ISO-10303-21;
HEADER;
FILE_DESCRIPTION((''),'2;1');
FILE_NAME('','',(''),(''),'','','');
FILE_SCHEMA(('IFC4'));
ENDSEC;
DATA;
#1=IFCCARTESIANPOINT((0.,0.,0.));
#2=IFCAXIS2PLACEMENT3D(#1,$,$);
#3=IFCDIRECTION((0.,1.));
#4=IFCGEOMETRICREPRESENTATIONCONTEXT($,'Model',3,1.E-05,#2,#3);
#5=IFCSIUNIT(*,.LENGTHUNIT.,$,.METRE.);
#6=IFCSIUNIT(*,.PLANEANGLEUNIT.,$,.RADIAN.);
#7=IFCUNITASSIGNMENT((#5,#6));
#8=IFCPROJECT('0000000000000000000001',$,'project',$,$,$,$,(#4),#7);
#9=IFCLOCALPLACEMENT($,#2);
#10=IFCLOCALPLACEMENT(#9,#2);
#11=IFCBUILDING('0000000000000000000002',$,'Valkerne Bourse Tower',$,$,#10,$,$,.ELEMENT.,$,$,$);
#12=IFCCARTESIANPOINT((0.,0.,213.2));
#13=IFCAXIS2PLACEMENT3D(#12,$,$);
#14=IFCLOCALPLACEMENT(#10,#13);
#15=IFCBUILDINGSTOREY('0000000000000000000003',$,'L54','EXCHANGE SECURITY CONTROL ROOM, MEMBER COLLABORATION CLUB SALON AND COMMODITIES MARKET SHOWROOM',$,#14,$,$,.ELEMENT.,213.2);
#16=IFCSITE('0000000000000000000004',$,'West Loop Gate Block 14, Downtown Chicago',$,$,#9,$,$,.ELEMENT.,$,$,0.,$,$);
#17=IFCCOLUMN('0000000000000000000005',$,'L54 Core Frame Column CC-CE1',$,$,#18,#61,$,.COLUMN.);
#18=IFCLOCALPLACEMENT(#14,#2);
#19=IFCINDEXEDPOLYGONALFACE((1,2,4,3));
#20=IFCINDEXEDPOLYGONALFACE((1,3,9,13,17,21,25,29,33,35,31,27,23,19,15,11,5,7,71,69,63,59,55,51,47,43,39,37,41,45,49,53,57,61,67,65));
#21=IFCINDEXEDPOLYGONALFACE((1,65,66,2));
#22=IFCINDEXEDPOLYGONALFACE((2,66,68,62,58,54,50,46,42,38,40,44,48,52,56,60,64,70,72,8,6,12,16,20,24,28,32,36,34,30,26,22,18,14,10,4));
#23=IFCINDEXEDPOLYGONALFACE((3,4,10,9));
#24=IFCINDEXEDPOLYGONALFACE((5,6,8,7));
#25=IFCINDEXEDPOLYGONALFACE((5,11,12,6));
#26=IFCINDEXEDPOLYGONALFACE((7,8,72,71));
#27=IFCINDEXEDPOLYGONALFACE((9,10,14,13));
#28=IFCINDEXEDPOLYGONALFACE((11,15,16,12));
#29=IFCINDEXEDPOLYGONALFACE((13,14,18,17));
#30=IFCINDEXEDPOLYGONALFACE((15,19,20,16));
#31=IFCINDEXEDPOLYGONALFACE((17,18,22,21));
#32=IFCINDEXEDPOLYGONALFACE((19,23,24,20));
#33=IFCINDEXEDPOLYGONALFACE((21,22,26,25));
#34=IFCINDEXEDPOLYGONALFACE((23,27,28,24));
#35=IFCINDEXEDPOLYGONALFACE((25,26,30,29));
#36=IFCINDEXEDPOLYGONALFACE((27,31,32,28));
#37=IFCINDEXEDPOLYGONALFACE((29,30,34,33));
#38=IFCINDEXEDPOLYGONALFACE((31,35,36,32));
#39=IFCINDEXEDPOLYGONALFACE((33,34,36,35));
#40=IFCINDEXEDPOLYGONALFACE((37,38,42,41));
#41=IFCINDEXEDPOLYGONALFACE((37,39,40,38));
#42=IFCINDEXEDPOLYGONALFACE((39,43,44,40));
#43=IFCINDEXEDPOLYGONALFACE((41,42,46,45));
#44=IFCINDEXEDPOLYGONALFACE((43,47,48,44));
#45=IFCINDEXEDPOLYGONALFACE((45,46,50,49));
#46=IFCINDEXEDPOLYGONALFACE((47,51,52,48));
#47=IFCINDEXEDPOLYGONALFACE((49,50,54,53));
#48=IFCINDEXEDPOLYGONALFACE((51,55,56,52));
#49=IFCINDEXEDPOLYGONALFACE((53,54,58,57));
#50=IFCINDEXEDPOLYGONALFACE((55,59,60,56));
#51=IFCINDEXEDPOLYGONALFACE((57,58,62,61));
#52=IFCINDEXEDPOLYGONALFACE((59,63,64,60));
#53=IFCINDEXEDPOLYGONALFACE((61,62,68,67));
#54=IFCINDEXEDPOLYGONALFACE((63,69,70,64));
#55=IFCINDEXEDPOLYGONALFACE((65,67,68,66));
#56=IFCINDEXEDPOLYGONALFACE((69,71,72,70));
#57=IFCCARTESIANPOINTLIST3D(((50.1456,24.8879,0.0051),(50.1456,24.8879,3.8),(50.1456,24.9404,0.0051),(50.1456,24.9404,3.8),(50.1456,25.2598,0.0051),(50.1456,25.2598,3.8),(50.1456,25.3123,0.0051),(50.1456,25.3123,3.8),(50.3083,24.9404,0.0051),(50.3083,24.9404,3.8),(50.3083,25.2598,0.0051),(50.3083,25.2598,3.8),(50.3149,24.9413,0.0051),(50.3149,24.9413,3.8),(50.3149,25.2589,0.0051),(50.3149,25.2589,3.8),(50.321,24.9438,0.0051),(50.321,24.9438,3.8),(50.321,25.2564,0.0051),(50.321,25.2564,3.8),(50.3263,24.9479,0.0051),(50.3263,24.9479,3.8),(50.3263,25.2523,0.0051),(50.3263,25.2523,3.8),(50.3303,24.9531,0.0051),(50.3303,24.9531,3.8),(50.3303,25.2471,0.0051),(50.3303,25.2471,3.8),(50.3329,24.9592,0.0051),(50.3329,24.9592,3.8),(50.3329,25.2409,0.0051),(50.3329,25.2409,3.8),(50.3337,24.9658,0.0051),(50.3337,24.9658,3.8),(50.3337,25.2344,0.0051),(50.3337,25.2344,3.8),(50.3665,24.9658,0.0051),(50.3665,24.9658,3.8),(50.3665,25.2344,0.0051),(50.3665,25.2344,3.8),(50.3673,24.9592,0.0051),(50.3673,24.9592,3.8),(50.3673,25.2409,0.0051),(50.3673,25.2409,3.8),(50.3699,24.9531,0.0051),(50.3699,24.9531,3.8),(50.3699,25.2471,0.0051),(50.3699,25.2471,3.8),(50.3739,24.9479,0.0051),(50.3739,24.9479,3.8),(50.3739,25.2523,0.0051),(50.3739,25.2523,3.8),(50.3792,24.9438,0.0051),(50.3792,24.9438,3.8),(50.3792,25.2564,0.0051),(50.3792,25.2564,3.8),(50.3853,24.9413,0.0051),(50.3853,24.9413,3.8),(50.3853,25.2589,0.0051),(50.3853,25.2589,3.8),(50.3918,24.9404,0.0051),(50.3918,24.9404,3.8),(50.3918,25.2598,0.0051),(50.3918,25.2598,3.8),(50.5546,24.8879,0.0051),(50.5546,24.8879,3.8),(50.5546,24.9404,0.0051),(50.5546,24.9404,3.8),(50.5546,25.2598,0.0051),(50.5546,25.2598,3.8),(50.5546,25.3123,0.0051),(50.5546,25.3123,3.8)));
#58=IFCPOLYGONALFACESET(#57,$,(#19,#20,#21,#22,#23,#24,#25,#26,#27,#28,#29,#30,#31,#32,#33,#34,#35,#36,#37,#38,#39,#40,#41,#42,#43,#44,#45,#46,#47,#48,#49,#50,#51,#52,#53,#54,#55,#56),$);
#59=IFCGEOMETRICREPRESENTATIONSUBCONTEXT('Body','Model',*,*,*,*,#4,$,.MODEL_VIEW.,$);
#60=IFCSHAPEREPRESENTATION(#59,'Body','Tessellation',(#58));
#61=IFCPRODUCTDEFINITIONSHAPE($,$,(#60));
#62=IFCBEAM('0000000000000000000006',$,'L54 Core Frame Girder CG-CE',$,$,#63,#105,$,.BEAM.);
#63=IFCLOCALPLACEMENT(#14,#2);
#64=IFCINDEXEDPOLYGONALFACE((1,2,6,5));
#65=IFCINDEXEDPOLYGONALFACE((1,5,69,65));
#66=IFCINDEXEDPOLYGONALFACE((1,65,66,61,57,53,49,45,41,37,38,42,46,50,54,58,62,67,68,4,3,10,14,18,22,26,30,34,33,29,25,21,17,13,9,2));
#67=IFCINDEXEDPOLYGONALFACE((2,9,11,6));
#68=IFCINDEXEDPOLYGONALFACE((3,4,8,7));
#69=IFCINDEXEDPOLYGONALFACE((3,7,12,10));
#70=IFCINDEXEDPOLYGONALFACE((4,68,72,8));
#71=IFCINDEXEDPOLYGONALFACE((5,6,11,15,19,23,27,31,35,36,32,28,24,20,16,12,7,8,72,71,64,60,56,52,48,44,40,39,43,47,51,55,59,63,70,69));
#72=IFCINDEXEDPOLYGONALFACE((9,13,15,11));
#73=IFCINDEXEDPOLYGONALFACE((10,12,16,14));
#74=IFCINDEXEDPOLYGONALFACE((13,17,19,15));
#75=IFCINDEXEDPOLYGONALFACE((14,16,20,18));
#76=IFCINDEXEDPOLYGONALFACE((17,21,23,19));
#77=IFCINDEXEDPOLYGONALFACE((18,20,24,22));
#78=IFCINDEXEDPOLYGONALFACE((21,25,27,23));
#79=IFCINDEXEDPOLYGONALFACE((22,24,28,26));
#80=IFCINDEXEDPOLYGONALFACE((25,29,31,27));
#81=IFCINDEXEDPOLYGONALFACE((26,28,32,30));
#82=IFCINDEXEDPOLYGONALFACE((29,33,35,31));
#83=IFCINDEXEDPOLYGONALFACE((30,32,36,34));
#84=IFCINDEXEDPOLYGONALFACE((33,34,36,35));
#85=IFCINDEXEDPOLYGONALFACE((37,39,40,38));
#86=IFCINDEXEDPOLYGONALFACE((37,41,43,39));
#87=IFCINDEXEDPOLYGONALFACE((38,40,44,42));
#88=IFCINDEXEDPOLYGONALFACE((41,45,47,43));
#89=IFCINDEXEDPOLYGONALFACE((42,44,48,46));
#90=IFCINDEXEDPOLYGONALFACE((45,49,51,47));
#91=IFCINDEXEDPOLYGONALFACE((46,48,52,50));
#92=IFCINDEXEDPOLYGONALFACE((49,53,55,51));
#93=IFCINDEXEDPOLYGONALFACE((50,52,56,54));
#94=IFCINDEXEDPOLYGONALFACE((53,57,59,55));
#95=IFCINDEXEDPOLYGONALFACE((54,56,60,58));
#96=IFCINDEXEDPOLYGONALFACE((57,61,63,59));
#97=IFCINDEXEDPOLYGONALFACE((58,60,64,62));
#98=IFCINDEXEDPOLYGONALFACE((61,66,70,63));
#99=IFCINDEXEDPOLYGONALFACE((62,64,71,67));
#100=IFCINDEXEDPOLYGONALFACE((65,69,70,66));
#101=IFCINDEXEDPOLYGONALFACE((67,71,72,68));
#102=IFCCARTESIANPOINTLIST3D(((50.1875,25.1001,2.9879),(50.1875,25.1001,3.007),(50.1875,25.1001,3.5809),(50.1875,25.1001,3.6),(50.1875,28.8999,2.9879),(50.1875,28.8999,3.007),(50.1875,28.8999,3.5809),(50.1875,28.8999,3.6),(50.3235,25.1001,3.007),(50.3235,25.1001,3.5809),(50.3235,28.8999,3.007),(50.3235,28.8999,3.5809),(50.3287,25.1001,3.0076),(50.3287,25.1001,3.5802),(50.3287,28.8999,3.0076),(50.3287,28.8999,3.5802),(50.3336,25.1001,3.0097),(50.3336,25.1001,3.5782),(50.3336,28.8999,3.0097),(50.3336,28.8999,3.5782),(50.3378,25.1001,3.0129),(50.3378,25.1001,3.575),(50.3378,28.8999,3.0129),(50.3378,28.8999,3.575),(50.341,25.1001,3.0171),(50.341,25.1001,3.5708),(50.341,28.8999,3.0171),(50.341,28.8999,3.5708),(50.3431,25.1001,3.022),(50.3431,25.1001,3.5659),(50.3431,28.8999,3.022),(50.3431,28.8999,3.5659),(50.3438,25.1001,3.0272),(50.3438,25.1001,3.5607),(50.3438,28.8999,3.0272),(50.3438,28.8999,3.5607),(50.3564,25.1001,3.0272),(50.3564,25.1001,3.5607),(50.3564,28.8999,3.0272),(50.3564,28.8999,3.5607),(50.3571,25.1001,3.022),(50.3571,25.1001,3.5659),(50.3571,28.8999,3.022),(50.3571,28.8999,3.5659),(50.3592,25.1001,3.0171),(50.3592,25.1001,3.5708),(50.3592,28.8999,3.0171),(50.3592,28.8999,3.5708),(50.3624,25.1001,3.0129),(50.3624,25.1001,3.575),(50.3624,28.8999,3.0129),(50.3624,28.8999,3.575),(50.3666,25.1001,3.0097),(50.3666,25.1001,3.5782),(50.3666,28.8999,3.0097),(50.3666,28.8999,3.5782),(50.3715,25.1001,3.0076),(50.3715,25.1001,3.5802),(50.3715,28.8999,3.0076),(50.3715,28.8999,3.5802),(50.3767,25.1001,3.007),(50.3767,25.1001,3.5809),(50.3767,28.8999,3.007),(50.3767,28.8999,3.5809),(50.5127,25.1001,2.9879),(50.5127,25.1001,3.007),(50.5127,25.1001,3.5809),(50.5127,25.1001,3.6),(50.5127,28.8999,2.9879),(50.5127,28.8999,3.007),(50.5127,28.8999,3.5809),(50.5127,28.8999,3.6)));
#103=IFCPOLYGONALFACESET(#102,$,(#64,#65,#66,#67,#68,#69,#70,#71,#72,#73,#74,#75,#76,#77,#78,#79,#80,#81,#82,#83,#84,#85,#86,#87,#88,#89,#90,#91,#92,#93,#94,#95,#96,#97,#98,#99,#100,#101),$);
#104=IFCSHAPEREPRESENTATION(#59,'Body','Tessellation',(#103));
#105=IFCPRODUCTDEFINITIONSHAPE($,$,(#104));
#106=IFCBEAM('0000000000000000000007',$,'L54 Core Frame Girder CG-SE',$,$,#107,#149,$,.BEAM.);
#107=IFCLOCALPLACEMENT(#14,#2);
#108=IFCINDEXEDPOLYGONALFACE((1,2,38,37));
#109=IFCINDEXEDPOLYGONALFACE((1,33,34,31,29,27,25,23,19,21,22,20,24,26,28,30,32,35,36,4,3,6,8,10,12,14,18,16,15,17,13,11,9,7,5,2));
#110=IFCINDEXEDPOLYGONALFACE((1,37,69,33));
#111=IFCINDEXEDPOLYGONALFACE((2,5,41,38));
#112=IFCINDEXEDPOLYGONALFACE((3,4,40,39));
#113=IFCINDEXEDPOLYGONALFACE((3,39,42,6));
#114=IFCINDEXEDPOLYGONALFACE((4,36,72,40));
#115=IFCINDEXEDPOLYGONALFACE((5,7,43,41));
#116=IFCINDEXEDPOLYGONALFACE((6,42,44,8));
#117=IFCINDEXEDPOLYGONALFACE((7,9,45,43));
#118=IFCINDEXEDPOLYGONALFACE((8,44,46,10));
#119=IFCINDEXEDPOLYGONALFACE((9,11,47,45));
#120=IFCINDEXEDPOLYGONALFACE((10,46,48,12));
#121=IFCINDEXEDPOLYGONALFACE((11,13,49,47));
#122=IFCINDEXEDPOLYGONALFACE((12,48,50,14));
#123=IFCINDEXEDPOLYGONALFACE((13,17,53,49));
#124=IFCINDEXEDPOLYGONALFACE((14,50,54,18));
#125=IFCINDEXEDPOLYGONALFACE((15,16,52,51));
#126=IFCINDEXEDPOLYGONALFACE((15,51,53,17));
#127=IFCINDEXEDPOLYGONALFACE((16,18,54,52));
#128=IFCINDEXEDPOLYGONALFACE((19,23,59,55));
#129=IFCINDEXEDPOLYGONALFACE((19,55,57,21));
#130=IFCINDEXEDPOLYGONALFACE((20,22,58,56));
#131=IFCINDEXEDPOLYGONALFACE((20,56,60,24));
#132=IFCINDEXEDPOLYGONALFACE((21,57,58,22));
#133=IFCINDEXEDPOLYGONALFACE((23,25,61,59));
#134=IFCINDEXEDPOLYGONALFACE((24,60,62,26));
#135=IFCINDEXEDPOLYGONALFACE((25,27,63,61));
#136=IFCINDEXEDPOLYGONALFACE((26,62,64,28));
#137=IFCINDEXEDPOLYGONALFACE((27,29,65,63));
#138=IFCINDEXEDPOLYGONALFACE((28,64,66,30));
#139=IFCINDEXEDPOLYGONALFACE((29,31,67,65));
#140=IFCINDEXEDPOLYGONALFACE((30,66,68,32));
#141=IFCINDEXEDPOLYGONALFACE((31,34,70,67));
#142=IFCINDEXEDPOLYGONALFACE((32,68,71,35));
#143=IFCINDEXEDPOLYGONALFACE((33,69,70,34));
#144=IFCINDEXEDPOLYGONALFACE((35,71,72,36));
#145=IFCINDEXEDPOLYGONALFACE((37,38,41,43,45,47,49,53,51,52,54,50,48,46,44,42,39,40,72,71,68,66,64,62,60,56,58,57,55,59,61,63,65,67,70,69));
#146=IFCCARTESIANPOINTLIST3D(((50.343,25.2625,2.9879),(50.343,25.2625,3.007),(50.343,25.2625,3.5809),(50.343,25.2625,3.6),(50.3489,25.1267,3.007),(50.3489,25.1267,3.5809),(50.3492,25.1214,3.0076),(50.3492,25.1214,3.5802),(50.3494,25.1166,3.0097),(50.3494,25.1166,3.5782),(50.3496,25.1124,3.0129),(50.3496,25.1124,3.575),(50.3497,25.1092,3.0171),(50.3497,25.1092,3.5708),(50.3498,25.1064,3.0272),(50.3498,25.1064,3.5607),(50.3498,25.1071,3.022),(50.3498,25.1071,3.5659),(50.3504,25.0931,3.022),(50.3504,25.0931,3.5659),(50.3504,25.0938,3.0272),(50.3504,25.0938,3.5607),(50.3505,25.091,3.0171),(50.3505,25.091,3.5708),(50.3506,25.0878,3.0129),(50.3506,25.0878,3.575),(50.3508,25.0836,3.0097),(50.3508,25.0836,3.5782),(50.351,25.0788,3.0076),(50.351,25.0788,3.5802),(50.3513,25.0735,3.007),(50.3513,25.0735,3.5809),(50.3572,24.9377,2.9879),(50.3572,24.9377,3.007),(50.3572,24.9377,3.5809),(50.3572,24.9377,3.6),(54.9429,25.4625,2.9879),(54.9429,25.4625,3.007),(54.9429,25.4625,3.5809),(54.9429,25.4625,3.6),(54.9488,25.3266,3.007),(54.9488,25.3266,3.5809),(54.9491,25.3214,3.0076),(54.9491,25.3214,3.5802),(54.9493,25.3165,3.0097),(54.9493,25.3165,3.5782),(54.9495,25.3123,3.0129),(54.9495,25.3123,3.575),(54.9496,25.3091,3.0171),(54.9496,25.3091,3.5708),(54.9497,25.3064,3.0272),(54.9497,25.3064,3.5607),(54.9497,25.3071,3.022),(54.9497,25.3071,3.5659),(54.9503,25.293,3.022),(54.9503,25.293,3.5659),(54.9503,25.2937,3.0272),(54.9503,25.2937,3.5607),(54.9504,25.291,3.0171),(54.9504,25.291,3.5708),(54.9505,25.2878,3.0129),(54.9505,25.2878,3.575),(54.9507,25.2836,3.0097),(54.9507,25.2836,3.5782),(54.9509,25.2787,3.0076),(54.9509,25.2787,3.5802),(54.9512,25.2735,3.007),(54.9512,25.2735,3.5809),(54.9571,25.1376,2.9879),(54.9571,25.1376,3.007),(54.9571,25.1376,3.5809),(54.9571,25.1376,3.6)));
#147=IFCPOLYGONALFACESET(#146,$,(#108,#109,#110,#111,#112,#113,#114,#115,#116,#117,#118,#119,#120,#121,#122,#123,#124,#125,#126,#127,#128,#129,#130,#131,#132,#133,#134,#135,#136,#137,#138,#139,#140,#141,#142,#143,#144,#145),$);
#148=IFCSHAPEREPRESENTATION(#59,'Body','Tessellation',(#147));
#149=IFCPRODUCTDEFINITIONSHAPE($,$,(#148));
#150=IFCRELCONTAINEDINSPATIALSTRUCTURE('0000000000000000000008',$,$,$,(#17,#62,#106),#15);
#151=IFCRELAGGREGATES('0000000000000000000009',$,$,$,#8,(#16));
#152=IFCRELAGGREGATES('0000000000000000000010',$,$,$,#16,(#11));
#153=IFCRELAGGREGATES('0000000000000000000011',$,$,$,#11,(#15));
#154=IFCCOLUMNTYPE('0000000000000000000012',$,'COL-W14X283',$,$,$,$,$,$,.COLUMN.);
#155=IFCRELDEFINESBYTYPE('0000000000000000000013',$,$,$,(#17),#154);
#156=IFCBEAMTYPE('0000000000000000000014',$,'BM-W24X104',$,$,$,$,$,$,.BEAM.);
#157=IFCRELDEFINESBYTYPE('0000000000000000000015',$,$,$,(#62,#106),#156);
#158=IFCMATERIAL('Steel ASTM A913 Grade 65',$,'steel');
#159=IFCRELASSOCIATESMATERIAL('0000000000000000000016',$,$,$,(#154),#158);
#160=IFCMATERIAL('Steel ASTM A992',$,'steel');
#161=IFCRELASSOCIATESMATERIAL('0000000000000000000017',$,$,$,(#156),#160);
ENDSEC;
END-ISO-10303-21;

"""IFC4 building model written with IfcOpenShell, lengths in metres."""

from ifc_helpers import new_model, si_unit, direction, frame, origin, origin_2d, place, context, subcontext, project, spatial, i_section, extrude, material, material_profile, profile_set, type_object, element, save


model = new_model("IFC4")

# Units and contexts
model_context = context("Model", 3, precision=1e-05, world=origin(), true_north=direction((0.0, 1.0)))
body_context = subcontext(model_context, "Body", "Model", "MODEL_VIEW")
ifc_project = project(units=[si_unit("LENGTHUNIT", "METRE"), si_unit("PLANEANGLEUNIT", "RADIAN")], contexts=[model_context])

# Site, building, storey
site_placement = place(None, origin())
site = spatial("IfcSite", under=ifc_project, at=site_placement, Name="West Loop Gate Block 14, Downtown Chicago", CompositionType="ELEMENT", RefElevation=0.0)
building_placement = place(site_placement, origin())
building = spatial("IfcBuilding", under=site, at=building_placement, Name="Valkerne Bourse Tower", CompositionType="ELEMENT")
storey_placement = place(building_placement, frame((0.0, 0.0, 213.2)))
storey = spatial("IfcBuildingStorey", under=building, at=storey_placement, Name="L54", Description="EXCHANGE SECURITY CONTROL ROOM, MEMBER COLLABORATION CLUB SALON AND COMMODITIES MARKET SHOWROOM", CompositionType="ELEMENT", Elevation=213.2)

# Column
ifc_material_1 = material(Name="Steel ASTM A913 Grade 65", Category="steel")
ifc_material_profile_1 = material_profile(ifc_material_1, i_section(OverallWidth=0.4089, OverallDepth=0.4243, WebThickness=0.0327, FlangeThickness=0.0525, FilletRadius=0.0254, at=origin_2d()), Name="W14X283")
ifc_profile_set_1 = profile_set([ifc_material_profile_1], Name="Steel ASTM A913 Grade 65")
column_type = type_object("IfcColumnType", Name="COL-W14X283", PredefinedType="COLUMN", material=ifc_profile_set_1)
column_placement = place(storey_placement, frame((50.3501, 25.1001, 0.0051), z_axis=(0.0, 0.0, 1.0), x_axis=(1.0, 0.0, 0.0)))
element("IfcColumn", 1, at=column_placement, inside=storey, type_object=column_type, Name="L54 Core Frame Column CC-CE1", PredefinedType="COLUMN", context=body_context, shape_type="SweptSolid", body=[
    extrude(i_section(OverallWidth=0.4089, OverallDepth=0.4243, WebThickness=0.0327, FlangeThickness=0.0525, FilletRadius=0.0254, at=origin_2d()), origin(), (0.0, 0.0, 1.0), 3.7949),
])

# Beams
ifc_material_2 = material(Name="Steel ASTM A992", Category="steel")
ifc_material_profile_2 = material_profile(ifc_material_2, i_section(OverallWidth=0.3252, OverallDepth=0.6121, WebThickness=0.0127, FlangeThickness=0.019, FilletRadius=0.0203, at=origin_2d()), Name="W24X104")
ifc_profile_set_2 = profile_set([ifc_material_profile_2], Name="Steel ASTM A992")
beam_type = type_object("IfcBeamType", Name="BM-W24X104", PredefinedType="BEAM", material=ifc_profile_set_2)
beam_1_placement = place(storey_placement, frame((50.3501, 25.1001, 3.2939), z_axis=(0.0, 1.0, 0.0), x_axis=(-1.0, 0.0, 0.0)))
element("IfcBeam", 2, at=beam_1_placement, inside=storey, type_object=beam_type, Name="L54 Core Frame Girder CG-CE", PredefinedType="BEAM", context=body_context, shape_type="SweptSolid", body=[
    extrude(i_section(OverallWidth=0.3252, OverallDepth=0.6121, WebThickness=0.0127, FlangeThickness=0.019, FilletRadius=0.0203, at=origin_2d()), origin(), (0.0, 0.0, 1.0), 3.7998),
])
beam_2_placement = place(storey_placement, frame((50.3501, 25.1001, 3.2939), z_axis=(0.999057, 0.043428, 0.0), x_axis=(-0.043428, 0.999057, 0.0)))
element("IfcBeam", 3, at=beam_2_placement, inside=storey, type_object=beam_type, Name="L54 Core Frame Girder CG-SE", PredefinedType="BEAM", context=body_context, shape_type="SweptSolid", body=[
    extrude(i_section(OverallWidth=0.3252, OverallDepth=0.6121, WebThickness=0.0127, FlangeThickness=0.019, FilletRadius=0.0203, at=origin_2d()), origin(), (0.0, 0.0, 1.0), 4.6042),
])

save(model, "model.ifc")
